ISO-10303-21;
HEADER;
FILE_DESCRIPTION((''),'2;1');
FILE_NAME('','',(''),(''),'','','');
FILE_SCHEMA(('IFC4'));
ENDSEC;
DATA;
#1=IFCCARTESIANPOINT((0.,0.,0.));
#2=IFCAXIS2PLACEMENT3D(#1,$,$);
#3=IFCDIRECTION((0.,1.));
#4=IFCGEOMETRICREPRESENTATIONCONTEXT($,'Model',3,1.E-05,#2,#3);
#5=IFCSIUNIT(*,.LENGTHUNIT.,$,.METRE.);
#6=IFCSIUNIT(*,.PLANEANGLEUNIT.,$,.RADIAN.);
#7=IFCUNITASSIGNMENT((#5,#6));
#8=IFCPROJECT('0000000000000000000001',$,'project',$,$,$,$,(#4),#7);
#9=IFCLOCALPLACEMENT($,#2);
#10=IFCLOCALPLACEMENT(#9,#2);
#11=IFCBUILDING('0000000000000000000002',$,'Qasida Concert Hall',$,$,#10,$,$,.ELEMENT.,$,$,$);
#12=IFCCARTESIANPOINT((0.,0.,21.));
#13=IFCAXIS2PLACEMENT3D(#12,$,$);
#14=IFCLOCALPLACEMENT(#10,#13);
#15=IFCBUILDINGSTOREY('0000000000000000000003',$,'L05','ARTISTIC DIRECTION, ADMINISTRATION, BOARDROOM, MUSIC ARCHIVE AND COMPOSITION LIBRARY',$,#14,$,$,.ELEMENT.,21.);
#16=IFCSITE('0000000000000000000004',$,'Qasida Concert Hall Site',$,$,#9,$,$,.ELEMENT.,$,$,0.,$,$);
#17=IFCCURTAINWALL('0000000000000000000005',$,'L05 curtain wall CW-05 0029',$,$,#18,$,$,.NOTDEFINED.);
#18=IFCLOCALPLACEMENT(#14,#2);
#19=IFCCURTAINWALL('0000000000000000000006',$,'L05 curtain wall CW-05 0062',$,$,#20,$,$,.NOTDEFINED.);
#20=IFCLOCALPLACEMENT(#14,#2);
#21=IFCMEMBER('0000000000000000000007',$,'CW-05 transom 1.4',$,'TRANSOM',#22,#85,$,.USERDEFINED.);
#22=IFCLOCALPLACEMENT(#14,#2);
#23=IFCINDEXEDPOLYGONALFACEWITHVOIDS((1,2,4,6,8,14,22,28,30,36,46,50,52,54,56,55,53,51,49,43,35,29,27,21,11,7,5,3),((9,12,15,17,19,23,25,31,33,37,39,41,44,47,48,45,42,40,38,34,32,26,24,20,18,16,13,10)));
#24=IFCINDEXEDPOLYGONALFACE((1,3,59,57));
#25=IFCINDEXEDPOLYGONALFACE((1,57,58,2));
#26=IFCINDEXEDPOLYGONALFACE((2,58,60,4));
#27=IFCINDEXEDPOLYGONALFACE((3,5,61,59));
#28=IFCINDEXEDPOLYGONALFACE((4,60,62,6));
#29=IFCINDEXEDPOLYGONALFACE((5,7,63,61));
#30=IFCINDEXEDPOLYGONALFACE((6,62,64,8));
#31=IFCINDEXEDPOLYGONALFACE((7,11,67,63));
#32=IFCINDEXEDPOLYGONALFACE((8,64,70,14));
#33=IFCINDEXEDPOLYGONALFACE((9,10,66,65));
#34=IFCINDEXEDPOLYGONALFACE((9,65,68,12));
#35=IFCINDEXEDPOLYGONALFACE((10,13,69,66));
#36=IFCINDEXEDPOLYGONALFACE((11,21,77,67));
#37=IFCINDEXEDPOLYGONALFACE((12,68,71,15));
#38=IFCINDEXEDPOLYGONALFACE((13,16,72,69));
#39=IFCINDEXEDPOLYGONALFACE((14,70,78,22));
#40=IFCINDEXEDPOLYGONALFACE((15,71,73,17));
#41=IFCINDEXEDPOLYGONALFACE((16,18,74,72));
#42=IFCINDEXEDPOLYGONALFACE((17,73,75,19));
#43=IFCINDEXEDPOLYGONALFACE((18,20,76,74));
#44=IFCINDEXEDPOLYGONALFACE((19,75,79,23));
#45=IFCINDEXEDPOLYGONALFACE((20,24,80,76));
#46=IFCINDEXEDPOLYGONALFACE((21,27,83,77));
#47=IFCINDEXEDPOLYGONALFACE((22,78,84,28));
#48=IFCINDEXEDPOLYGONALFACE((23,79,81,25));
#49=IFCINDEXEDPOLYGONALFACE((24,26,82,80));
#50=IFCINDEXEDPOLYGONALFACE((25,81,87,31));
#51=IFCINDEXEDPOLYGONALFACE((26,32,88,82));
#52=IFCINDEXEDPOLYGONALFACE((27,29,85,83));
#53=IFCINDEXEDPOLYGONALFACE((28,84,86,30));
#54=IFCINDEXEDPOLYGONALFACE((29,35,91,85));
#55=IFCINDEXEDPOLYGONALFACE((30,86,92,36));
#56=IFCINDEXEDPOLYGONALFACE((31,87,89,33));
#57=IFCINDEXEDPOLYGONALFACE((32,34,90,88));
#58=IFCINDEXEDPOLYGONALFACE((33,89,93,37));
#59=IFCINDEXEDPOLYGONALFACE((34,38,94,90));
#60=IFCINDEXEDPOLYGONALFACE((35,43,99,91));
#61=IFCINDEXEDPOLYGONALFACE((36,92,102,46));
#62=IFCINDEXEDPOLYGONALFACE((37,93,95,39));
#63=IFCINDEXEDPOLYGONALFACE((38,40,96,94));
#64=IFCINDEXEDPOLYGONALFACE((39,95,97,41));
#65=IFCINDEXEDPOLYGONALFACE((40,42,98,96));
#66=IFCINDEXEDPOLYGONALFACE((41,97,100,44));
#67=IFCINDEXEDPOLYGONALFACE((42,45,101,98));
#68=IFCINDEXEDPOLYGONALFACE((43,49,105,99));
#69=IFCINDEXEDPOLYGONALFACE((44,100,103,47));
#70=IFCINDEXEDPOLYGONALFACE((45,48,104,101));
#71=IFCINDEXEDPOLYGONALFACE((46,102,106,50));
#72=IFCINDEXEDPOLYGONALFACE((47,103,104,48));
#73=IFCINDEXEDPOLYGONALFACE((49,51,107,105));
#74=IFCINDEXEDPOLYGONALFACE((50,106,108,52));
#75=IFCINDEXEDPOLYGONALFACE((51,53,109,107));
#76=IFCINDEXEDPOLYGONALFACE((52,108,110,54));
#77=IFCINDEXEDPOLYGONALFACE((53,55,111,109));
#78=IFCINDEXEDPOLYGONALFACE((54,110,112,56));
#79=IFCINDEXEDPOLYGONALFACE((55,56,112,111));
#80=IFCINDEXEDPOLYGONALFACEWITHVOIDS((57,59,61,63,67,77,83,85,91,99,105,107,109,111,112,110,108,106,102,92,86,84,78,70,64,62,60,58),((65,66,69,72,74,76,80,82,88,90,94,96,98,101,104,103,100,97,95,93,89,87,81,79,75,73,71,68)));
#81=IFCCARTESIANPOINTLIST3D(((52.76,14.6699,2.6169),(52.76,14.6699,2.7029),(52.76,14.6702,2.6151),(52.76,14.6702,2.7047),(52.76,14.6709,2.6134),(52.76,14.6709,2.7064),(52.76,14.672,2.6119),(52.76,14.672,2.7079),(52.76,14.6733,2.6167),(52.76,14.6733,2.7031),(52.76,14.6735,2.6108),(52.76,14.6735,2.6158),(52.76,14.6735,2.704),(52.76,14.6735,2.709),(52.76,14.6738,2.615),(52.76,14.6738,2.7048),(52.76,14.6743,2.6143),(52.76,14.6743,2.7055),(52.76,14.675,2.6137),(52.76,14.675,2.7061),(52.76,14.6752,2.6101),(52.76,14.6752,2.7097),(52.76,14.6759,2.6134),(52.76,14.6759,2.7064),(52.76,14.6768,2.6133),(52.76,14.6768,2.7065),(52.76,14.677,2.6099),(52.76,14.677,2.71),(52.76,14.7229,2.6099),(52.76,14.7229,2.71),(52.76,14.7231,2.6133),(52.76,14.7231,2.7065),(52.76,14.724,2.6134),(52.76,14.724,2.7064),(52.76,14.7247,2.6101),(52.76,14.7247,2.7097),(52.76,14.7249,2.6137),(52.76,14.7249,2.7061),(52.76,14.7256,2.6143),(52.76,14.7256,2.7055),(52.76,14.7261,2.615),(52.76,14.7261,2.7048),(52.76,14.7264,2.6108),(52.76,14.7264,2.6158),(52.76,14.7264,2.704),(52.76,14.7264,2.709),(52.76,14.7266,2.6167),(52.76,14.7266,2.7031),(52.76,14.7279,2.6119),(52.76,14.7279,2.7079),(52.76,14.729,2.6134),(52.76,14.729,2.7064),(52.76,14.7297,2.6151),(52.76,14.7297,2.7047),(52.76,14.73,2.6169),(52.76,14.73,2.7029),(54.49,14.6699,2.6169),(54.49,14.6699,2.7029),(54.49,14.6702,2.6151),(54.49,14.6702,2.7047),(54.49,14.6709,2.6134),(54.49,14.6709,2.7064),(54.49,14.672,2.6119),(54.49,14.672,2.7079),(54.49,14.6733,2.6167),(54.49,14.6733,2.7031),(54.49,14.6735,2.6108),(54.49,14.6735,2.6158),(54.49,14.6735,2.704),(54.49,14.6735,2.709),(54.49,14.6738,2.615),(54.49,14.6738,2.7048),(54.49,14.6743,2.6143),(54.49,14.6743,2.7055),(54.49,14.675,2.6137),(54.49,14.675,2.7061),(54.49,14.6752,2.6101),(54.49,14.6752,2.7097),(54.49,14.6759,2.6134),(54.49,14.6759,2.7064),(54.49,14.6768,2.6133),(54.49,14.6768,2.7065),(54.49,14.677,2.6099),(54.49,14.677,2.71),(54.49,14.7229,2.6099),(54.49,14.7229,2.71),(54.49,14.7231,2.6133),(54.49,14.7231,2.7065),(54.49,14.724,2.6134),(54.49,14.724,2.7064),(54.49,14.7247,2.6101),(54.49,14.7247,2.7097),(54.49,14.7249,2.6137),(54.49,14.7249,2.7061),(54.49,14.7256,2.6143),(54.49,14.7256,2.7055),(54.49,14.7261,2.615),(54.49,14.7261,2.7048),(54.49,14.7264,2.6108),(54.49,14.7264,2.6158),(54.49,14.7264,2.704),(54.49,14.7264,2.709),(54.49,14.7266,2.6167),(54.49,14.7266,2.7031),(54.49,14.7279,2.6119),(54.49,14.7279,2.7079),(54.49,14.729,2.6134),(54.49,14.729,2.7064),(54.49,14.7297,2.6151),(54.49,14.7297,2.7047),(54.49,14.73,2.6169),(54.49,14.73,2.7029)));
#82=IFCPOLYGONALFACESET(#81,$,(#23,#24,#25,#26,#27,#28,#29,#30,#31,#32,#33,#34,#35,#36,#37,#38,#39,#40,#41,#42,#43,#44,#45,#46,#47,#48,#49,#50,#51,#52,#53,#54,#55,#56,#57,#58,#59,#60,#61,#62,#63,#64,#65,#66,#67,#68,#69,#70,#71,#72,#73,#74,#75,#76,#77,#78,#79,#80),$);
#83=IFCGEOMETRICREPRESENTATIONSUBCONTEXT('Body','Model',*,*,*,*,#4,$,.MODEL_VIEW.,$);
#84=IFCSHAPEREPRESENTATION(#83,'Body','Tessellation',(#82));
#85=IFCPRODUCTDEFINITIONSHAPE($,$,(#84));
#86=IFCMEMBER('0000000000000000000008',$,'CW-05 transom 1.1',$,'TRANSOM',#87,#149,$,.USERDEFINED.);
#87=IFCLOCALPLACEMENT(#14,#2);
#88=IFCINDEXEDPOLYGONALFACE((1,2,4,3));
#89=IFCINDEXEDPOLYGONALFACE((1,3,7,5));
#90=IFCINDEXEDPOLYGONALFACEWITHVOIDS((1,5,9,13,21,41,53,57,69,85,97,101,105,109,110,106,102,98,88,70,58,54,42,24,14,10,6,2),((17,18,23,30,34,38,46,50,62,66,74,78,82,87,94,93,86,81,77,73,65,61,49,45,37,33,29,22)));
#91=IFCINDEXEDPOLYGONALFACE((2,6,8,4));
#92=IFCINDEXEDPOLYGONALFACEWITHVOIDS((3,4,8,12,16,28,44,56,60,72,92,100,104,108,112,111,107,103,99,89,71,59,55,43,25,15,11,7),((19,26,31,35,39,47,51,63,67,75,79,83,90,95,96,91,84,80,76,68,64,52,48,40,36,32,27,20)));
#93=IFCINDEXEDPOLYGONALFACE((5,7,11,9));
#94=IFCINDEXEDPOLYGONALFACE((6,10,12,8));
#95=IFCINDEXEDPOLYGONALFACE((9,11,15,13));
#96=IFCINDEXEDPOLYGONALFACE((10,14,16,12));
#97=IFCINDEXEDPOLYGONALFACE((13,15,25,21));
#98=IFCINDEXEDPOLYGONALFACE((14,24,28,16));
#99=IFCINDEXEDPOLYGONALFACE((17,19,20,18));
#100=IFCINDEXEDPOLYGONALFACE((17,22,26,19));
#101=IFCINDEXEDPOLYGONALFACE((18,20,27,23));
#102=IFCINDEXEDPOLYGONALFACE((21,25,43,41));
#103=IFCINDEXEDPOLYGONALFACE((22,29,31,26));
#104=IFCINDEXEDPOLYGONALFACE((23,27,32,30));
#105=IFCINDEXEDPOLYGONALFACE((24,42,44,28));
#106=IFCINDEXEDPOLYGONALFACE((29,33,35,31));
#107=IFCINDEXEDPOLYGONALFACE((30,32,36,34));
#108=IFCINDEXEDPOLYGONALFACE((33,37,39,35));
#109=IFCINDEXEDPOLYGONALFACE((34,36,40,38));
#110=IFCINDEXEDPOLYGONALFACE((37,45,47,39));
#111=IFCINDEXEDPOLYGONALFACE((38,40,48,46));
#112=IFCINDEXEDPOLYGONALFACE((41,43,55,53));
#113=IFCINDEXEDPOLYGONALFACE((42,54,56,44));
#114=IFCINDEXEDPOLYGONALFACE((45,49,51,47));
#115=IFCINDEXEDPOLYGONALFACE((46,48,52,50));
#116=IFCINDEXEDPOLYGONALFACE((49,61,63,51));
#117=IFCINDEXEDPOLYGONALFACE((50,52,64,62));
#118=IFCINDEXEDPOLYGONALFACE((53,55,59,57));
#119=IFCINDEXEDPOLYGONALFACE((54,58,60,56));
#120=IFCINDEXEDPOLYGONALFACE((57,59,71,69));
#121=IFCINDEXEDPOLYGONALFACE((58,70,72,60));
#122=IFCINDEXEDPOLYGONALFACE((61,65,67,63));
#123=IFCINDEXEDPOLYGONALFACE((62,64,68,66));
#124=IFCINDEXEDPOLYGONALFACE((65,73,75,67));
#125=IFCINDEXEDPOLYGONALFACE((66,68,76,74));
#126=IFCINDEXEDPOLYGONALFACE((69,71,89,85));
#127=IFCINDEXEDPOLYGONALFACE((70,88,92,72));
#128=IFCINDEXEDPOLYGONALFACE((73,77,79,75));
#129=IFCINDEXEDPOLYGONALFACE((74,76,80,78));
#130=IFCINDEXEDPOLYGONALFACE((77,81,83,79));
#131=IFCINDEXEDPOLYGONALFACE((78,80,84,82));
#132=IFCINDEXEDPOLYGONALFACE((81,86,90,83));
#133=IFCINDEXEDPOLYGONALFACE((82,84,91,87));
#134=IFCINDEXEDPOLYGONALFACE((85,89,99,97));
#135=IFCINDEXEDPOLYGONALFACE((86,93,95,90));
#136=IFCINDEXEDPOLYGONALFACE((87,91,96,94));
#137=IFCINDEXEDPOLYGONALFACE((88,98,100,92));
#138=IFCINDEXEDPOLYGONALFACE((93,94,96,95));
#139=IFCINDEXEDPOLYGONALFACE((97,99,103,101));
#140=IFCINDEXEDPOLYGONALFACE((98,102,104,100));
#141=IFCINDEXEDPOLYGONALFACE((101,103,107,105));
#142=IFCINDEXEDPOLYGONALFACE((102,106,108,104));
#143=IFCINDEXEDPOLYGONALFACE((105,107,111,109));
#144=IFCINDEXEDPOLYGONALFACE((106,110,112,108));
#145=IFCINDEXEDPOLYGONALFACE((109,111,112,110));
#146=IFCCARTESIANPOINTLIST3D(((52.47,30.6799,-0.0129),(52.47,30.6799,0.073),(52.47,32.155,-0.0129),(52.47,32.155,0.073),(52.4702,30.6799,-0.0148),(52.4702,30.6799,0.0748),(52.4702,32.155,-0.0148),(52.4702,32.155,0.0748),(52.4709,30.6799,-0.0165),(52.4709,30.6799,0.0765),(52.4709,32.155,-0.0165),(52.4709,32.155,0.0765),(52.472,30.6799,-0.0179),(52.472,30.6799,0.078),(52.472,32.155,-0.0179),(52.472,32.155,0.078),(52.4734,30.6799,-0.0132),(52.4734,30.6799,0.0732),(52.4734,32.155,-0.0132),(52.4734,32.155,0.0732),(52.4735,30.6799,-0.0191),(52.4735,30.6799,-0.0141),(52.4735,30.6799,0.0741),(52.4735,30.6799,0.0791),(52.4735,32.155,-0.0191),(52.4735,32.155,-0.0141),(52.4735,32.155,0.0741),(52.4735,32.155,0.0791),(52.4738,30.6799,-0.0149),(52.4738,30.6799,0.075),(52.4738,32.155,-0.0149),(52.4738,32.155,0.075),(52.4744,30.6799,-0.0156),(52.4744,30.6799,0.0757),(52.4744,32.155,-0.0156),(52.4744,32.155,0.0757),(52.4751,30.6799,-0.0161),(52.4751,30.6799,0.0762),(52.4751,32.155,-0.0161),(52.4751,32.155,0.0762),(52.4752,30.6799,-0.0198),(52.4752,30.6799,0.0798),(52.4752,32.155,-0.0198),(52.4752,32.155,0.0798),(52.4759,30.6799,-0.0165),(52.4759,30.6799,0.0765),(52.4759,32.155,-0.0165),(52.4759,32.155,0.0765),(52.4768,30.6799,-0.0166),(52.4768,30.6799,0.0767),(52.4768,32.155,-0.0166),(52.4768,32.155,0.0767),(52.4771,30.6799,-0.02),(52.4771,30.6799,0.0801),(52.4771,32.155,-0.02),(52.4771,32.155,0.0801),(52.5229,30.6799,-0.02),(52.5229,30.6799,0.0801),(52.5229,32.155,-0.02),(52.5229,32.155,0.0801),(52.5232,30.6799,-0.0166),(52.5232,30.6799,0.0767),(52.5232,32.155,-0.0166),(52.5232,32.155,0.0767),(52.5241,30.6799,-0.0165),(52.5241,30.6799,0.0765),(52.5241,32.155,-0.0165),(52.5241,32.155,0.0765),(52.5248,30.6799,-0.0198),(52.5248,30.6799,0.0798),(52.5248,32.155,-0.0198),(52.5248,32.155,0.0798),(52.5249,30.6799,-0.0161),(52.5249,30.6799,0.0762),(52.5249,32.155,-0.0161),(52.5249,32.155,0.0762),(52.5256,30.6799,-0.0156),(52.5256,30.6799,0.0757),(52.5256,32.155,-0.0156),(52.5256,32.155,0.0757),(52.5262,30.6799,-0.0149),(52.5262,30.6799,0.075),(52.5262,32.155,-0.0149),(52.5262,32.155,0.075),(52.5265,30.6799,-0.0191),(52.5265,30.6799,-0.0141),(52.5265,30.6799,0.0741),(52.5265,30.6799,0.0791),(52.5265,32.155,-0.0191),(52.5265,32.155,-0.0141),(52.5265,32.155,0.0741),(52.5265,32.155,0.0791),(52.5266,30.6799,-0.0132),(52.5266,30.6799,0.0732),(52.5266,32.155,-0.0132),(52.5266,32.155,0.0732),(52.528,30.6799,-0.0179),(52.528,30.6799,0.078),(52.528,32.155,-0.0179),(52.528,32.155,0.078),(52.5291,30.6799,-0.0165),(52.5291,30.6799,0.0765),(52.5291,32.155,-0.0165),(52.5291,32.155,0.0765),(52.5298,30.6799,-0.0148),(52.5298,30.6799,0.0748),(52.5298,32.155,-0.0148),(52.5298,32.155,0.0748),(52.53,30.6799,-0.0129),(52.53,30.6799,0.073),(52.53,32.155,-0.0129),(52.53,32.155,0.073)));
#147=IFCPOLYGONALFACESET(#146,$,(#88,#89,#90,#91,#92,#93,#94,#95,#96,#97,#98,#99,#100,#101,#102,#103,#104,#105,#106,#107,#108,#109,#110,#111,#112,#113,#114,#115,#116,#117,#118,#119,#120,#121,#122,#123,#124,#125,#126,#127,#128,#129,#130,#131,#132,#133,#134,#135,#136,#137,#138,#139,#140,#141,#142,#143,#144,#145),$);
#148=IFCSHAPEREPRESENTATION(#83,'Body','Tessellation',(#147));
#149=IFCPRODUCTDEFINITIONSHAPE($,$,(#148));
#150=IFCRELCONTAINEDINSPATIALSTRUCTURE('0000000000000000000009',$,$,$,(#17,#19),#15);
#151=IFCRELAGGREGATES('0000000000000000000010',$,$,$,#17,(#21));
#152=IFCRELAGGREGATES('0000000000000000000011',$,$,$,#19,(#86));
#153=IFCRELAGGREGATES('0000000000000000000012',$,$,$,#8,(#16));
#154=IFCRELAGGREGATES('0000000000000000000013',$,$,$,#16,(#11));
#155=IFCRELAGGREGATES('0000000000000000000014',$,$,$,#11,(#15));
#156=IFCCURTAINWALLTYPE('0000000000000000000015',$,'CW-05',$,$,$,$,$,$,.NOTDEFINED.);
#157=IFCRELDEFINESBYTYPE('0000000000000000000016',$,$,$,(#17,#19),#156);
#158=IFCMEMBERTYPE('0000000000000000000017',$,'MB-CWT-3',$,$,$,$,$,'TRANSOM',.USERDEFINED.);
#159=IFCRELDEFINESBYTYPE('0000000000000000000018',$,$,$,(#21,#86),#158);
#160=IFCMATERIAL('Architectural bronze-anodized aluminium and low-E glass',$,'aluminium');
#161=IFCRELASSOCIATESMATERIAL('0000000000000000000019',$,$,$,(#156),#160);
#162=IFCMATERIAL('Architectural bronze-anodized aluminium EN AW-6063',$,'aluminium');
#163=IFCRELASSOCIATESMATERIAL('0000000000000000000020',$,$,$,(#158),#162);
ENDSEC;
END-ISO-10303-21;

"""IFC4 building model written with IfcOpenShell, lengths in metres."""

from ifc_helpers import new_model, si_unit, direction, frame, origin, origin_2d, place, context, subcontext, project, spatial, hollow_rectangle, extrude, material, material_profile, profile_set, type_object, element, aggregate, save


model = new_model("IFC4")

# Units and contexts
model_context = context("Model", 3, precision=1e-05, world=origin(), true_north=direction((0.0, 1.0)))
body_context = subcontext(model_context, "Body", "Model", "MODEL_VIEW")
ifc_project = project(units=[si_unit("LENGTHUNIT", "METRE"), si_unit("PLANEANGLEUNIT", "RADIAN")], contexts=[model_context])

# Site, building, storey
site_placement = place(None, origin())
site = spatial("IfcSite", under=ifc_project, at=site_placement, Name="Qasida Concert Hall Site", CompositionType="ELEMENT", RefElevation=0.0)
building_placement = place(site_placement, origin())
building = spatial("IfcBuilding", under=site, at=building_placement, Name="Qasida Concert Hall", CompositionType="ELEMENT")
storey_placement = place(building_placement, frame((0.0, 0.0, 21.0)))
storey = spatial("IfcBuildingStorey", under=building, at=storey_placement, Name="L05", Description="ARTISTIC DIRECTION, ADMINISTRATION, BOARDROOM, MUSIC ARCHIVE AND COMPOSITION LIBRARY", CompositionType="ELEMENT", Elevation=21.0)

# Curtain wall
ifc_material_1 = material(Name="Architectural bronze-anodized aluminium and low-E glass", Category="aluminium")
curtain_wall_type = type_object("IfcCurtainWallType", Name="CW-05", PredefinedType="NOTDEFINED", material=ifc_material_1)
curtain_wall_1_placement = place(storey_placement, origin())
curtain_wall_1 = element("IfcCurtainWall", 1, at=curtain_wall_1_placement, inside=storey, type_object=curtain_wall_type, Name="L05 curtain wall CW-05 0029", PredefinedType="NOTDEFINED")
ifc_material_2 = material(Name="Architectural bronze-anodized aluminium EN AW-6063", Category="aluminium")

# Curtain wall
curtain_wall_2_placement = place(storey_placement, origin())
curtain_wall_2 = element("IfcCurtainWall", 2, at=curtain_wall_2_placement, inside=storey, type_object=curtain_wall_type, Name="L05 curtain wall CW-05 0062", PredefinedType="NOTDEFINED")

# Members
ifc_material_profile_1 = material_profile(ifc_material_2, hollow_rectangle(XDim=0.0601, YDim=0.1001, WallThickness=0.0034, InnerFilletRadius=0.0034, OuterFilletRadius=0.0071, at=origin_2d()), Name="CWT 100x60x3.5")
ifc_profile_set_1 = profile_set([ifc_material_profile_1], Name="Architectural bronze-anodized aluminium EN AW-6063")
member_type_1 = type_object("IfcMemberType", Name="MB-CWT-3", ElementType="TRANSOM", PredefinedType="USERDEFINED", material=ifc_profile_set_1)
member_1_placement = place(storey_placement, frame((52.76, 14.7, 2.6599), z_axis=(1.0, 0.0, 0.0), x_axis=(0.0, 1.0, 0.0)))
member_1 = element("IfcMember", 3, at=member_1_placement, type_object=member_type_1, Name="CW-05 transom 1.4", ObjectType="TRANSOM", PredefinedType="USERDEFINED", context=body_context, shape_type="SweptSolid", body=[
    extrude(hollow_rectangle(XDim=0.0601, YDim=0.1001, WallThickness=0.0034, InnerFilletRadius=0.0034, OuterFilletRadius=0.0071, at=origin_2d()), origin(), (0.0, 0.0, 1.0), 1.73),
])
aggregate(curtain_wall_1, [member_1])
member_2_placement = place(storey_placement, frame((52.5, 30.6799, 0.03), z_axis=(0.0, 1.0, 0.0), x_axis=(-1.0, 0.0, 0.0)))
member_2 = element("IfcMember", 4, at=member_2_placement, type_object=member_type_1, Name="CW-05 transom 1.1", ObjectType="TRANSOM", PredefinedType="USERDEFINED", context=body_context, shape_type="SweptSolid", body=[
    extrude(hollow_rectangle(XDim=0.0601, YDim=0.1001, WallThickness=0.0034, InnerFilletRadius=0.0034, OuterFilletRadius=0.0071, at=origin_2d()), origin(), (0.0, 0.0, 1.0), 1.4751),
])

aggregate(curtain_wall_2, [member_2])

save(model, "model.ifc")
